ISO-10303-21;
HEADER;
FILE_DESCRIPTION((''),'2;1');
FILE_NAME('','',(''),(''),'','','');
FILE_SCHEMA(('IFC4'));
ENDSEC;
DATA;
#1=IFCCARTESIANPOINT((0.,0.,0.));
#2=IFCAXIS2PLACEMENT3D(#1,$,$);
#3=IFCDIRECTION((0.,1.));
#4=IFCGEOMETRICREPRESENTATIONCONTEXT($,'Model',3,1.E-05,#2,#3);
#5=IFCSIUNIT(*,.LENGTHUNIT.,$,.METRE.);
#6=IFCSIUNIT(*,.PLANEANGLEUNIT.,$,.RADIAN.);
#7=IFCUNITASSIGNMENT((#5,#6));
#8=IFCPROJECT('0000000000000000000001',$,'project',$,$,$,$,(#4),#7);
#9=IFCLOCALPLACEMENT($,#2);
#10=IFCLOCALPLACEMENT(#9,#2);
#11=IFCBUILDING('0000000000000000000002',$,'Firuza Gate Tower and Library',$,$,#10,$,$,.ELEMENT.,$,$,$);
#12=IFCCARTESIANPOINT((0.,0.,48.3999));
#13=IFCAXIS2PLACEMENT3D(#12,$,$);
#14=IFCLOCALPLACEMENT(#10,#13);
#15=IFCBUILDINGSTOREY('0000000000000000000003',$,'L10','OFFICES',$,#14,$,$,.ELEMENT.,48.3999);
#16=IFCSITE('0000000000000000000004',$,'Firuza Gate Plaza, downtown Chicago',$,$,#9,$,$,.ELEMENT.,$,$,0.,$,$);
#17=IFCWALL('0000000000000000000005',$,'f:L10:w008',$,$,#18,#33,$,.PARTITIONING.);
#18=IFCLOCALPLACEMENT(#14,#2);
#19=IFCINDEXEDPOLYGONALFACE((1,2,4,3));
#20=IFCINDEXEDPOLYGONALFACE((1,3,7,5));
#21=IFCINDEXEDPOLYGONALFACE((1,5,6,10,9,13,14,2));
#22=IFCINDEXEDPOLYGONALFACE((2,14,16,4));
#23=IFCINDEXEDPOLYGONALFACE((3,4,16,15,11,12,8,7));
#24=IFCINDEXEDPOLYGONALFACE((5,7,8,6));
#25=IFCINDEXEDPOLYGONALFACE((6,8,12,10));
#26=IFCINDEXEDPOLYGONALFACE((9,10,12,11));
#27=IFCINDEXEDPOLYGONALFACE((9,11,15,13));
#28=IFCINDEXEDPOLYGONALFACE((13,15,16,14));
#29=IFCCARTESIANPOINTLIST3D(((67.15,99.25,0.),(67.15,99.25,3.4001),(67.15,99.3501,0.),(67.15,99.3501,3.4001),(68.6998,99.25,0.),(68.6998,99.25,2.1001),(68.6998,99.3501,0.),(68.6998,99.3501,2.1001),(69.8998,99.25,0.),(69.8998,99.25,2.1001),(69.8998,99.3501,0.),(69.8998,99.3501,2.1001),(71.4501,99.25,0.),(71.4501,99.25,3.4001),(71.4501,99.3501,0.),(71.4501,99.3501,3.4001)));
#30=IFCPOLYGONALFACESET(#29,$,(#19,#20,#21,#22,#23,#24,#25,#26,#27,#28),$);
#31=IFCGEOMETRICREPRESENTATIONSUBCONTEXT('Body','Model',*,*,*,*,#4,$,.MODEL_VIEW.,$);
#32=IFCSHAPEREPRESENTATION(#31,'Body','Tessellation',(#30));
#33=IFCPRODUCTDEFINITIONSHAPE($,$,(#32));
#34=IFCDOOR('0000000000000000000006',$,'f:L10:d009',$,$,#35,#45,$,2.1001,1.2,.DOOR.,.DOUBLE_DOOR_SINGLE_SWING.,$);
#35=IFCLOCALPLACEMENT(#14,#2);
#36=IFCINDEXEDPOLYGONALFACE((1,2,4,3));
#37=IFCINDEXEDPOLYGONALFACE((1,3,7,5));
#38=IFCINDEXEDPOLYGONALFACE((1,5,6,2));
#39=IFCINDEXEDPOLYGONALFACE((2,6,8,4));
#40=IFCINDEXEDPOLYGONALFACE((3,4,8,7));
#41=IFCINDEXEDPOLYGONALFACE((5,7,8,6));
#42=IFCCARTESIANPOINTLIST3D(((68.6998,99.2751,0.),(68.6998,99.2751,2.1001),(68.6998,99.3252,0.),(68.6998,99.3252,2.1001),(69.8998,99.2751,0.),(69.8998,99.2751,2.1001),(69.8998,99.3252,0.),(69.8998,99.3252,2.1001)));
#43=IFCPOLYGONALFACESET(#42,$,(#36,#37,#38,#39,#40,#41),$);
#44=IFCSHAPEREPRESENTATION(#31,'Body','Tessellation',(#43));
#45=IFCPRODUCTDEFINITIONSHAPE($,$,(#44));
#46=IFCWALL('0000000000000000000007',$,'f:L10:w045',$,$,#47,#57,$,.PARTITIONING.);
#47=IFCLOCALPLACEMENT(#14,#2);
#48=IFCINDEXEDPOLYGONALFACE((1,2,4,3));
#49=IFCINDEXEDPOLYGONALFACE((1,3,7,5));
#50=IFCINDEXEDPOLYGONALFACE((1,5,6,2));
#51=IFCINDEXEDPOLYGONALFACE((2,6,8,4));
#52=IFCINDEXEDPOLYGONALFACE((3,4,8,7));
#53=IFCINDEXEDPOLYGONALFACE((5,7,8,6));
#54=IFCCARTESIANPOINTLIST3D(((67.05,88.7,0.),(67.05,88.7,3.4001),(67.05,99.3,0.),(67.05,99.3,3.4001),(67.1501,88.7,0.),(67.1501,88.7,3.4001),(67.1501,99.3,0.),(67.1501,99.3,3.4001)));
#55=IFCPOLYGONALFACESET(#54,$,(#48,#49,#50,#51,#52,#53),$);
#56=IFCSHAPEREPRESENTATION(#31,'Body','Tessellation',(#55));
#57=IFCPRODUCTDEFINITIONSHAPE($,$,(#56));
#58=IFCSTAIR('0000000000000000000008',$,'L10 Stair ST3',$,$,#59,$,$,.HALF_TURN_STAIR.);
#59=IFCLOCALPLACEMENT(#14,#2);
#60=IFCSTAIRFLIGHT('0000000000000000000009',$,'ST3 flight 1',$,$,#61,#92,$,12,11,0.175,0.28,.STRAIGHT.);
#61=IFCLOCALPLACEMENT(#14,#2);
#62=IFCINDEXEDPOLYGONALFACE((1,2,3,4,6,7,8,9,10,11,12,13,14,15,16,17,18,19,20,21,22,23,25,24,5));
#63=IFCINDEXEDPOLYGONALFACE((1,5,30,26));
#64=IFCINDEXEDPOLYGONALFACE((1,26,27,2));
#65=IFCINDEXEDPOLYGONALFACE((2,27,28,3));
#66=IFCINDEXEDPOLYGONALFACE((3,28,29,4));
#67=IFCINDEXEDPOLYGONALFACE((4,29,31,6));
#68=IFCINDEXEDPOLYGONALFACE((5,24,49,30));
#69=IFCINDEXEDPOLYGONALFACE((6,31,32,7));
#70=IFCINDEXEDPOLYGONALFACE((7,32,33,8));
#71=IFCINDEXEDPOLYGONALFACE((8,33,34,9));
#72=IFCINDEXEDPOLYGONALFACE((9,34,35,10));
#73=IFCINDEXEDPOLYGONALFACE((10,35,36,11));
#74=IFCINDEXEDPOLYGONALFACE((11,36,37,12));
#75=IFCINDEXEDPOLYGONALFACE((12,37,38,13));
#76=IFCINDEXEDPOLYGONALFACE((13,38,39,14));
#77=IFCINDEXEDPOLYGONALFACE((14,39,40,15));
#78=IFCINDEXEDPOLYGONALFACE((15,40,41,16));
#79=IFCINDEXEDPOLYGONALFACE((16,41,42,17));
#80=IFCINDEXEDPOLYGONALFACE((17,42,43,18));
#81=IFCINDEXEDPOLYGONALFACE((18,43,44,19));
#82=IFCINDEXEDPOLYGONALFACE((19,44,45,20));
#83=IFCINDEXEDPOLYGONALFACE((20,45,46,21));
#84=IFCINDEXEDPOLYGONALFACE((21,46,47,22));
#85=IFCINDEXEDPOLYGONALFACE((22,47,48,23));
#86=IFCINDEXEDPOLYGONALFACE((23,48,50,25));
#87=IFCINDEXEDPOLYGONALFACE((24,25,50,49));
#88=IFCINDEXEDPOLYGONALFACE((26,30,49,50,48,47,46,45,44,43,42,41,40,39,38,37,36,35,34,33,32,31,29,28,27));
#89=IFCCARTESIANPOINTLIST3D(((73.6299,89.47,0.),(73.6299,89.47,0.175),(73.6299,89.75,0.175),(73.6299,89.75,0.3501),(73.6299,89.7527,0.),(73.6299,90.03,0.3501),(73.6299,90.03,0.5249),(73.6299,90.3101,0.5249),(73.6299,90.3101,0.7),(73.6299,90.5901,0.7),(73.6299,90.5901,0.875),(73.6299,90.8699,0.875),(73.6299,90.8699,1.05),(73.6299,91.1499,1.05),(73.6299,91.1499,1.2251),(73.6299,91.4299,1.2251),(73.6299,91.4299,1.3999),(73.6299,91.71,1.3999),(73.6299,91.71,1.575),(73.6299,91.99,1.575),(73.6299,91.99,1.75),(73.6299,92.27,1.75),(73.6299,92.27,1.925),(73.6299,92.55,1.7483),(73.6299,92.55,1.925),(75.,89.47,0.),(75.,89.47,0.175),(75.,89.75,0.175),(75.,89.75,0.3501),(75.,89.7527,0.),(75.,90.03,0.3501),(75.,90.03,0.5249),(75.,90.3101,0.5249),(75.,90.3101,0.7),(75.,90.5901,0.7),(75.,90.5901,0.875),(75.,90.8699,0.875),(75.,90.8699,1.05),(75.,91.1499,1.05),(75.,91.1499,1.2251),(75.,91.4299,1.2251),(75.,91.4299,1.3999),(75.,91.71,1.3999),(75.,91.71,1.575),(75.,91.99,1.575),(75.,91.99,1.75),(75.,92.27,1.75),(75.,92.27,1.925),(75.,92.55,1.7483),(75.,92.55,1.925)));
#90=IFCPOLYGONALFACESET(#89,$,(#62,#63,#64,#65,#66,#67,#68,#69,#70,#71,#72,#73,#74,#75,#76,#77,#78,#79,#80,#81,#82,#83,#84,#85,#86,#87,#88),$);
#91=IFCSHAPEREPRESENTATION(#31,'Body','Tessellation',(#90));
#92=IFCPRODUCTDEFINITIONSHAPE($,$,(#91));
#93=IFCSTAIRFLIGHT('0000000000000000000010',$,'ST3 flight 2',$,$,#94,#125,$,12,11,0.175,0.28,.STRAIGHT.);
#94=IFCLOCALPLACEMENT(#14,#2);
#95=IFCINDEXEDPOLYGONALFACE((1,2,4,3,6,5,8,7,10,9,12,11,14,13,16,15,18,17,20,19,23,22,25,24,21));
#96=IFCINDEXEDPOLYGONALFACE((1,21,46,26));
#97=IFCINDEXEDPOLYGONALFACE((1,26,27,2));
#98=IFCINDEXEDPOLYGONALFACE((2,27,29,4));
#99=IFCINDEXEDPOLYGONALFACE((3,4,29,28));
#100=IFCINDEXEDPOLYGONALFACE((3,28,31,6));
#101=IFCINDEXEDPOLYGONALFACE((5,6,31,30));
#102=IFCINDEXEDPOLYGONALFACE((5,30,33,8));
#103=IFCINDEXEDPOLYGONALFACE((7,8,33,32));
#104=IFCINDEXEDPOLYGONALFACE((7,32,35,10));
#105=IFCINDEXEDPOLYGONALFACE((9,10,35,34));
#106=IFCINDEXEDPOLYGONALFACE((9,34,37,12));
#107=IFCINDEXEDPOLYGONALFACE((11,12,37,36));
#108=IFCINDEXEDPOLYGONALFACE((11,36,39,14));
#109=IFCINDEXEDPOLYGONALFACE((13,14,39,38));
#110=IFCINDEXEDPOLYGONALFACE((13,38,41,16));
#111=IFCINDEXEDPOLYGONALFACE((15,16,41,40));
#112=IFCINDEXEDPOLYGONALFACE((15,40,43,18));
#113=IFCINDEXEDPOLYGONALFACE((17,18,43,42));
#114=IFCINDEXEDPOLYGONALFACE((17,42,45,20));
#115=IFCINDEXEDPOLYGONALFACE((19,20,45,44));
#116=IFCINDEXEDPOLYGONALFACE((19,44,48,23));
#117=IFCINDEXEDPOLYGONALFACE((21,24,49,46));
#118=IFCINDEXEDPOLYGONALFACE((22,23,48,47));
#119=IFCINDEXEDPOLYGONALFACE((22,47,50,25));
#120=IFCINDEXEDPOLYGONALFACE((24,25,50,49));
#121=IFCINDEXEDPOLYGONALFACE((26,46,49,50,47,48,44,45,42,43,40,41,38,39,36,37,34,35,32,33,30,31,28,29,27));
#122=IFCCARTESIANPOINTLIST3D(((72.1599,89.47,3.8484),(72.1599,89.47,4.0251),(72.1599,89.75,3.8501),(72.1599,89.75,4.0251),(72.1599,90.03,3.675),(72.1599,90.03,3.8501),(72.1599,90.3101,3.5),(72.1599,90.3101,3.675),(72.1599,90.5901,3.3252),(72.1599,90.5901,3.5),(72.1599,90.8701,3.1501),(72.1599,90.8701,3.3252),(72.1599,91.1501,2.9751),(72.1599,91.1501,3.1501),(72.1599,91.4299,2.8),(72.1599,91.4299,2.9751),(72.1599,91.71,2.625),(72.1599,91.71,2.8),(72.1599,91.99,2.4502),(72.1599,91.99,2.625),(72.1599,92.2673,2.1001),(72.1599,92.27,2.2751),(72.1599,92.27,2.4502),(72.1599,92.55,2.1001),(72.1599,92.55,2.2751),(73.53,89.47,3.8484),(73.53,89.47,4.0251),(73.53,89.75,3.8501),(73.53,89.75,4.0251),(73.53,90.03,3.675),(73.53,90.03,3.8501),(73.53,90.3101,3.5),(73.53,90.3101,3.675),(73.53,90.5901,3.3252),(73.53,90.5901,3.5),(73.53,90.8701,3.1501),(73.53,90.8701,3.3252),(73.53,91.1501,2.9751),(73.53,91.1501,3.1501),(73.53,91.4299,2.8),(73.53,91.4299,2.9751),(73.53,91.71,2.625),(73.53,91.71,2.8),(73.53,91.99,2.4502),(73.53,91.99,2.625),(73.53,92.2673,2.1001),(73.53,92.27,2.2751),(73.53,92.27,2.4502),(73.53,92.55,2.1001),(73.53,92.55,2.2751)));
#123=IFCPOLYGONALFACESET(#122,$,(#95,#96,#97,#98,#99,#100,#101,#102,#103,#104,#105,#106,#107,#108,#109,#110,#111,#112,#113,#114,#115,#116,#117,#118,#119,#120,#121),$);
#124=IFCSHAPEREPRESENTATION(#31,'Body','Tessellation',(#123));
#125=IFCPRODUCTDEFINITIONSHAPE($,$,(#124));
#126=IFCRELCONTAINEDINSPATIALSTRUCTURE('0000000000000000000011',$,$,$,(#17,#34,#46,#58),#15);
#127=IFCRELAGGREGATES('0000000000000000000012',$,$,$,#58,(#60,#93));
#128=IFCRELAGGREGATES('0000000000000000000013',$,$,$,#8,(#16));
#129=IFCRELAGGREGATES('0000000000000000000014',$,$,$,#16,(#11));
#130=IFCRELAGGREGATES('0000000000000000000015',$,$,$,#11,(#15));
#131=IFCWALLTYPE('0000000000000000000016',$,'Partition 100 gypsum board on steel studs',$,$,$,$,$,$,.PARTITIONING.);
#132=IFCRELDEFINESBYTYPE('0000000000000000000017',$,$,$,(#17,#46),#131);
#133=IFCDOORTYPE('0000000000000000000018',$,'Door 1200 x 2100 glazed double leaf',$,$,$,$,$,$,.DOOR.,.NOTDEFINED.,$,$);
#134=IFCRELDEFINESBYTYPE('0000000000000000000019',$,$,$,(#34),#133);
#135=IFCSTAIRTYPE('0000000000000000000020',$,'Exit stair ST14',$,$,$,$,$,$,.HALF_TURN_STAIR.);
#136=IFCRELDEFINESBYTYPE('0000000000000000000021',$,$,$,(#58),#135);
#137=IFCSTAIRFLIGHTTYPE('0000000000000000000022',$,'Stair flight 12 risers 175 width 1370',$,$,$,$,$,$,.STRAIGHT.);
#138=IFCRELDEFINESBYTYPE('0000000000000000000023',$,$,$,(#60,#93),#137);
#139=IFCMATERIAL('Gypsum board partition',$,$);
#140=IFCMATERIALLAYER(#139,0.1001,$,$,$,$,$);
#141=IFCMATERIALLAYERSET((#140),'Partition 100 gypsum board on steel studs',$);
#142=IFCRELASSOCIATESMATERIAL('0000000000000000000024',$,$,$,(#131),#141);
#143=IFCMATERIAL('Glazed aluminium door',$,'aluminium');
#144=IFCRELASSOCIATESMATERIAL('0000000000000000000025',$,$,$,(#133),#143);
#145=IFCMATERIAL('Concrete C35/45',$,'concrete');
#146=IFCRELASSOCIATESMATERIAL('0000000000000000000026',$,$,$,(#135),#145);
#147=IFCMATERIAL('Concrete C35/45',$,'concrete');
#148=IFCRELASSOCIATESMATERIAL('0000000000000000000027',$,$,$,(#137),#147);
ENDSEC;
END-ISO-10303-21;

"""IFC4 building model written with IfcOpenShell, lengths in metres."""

from ifc_helpers import new_model, si_unit, direction, frame, frame_2d, origin, place, context, subcontext, project, spatial, polyline, rectangle, outline, extrude, material, layer, layer_set, type_object, element, fill, aggregate, save


model = new_model("IFC4")

# Units and contexts
model_context = context("Model", 3, precision=1e-05, world=origin(), true_north=direction((0.0, 1.0)))
body_context = subcontext(model_context, "Body", "Model", "MODEL_VIEW")
ifc_project = project(units=[si_unit("LENGTHUNIT", "METRE"), si_unit("PLANEANGLEUNIT", "RADIAN")], contexts=[model_context])

# Site, building, storey
site_placement = place(None, origin())
site = spatial("IfcSite", under=ifc_project, at=site_placement, Name="Firuza Gate Plaza, downtown Chicago", CompositionType="ELEMENT", RefElevation=0.0)
building_placement = place(site_placement, origin())
building = spatial("IfcBuilding", under=site, at=building_placement, Name="Firuza Gate Tower and Library", CompositionType="ELEMENT")
storey_placement = place(building_placement, frame((0.0, 0.0, 48.3999)))
storey = spatial("IfcBuildingStorey", under=building, at=storey_placement, Name="L10", Description="OFFICES", CompositionType="ELEMENT", Elevation=48.3999)

# Shared definitions
placement = place(storey_placement, origin())

# Wall, opening, door
ifc_material_1 = material(Name="Gypsum board partition")
ifc_layer_1 = layer(ifc_material_1, 0.1001)
ifc_layer_set_1 = layer_set([ifc_layer_1], Name="Partition 100 gypsum board on steel studs")
wall_type_1 = type_object("IfcWallType", Name="Partition 100 gypsum board on steel studs", PredefinedType="PARTITIONING", material=ifc_layer_set_1)
wall_1_placement = place(storey_placement, frame((71.45, 99.3, 0.0), z_axis=(0.0, 0.0, 1.0), x_axis=(-1.0, 0.0, 0.0)))
wall_1 = element("IfcWall", 1, at=wall_1_placement, inside=storey, type_object=wall_type_1, Name="f:L10:w008", PredefinedType="PARTITIONING", context=body_context, shape_type="SweptSolid", body=[
    extrude(rectangle(XDim=4.3, YDim=0.1001, at=frame_2d((2.1499, 0.0))), origin(), (0.0, 0.0, 1.0), 3.4001),
])
opening_1_placement = place(wall_1_placement, frame((1.55, 0.0, 0.0)))
opening_1 = element("IfcOpeningElement", 2, at=opening_1_placement, cuts=wall_1, PredefinedType="OPENING", context=body_context, shape_type="SweptSolid", body=[
    extrude(rectangle(XDim=1.2, YDim=2.1001, at=frame_2d((0.6001, 1.05))), frame((0.0, 0.0601, 0.0), z_axis=(0.0, -1.0, 0.0), x_axis=(1.0, 0.0, 0.0)), (0.0, 0.0, 1.0), 0.1201),
])
ifc_material_2 = material(Name="Glazed aluminium door", Category="aluminium")
door_type_1 = type_object("IfcDoorType", Name="Door 1200 x 2100 glazed double leaf", OperationType="NOTDEFINED", PredefinedType="DOOR", material=ifc_material_2)
door_1_placement = place(opening_1_placement, origin())
door_1 = element("IfcDoor", 3, at=door_1_placement, inside=storey, type_object=door_type_1, Name="f:L10:d009", OperationType="DOUBLE_DOOR_SINGLE_SWING", OverallHeight=2.1001, OverallWidth=1.2, PredefinedType="DOOR", context=body_context, shape_type="SweptSolid", body=[
    extrude(rectangle(XDim=1.2, YDim=2.1001, at=frame_2d((0.6001, 1.05))), frame((0.0, 0.0249, 0.0), z_axis=(0.0, -1.0, 0.0), x_axis=(1.0, 0.0, 0.0)), (0.0, 0.0, 1.0), 0.05),
])
fill(opening_1, door_1)

# Wall
wall_2_placement = place(storey_placement, frame((67.1001, 88.7, 0.0), z_axis=(0.0, 0.0, 1.0), x_axis=(0.0, 1.0, 0.0)))
element("IfcWall", 4, at=wall_2_placement, inside=storey, type_object=wall_type_1, Name="f:L10:w045", PredefinedType="PARTITIONING", context=body_context, shape_type="SweptSolid", body=[
    extrude(rectangle(XDim=10.6001, YDim=0.1001, at=frame_2d((5.3, 0.0))), origin(), (0.0, 0.0, 1.0), 3.4001),
])

# Stair, stair flights
ifc_material_3 = material(Name="Concrete C35/45", Category="concrete")
stair_type = type_object("IfcStairType", Name="Exit stair ST14", PredefinedType="HALF_TURN_STAIR", material=ifc_material_3)
stair = element("IfcStair", 5, at=placement, inside=storey, type_object=stair_type, Name="L10 Stair ST3", PredefinedType="HALF_TURN_STAIR")
ifc_material_4 = material(Name="Concrete C35/45", Category="concrete")
stair_flight_type = type_object("IfcStairFlightType", Name="Stair flight 12 risers 175 width 1370", PredefinedType="STRAIGHT", material=ifc_material_4)
stair_flight_1_placement = place(storey_placement, frame((74.3149, 89.47, 0.0), z_axis=(0.0, 0.0, 1.0), x_axis=(0.0, 1.0, 0.0)))
stair_flight_1 = element("IfcStairFlight", 6, at=stair_flight_1_placement, type_object=stair_flight_type, Name="ST3 flight 1", NumberOfRisers=12, NumberOfTreads=11, PredefinedType="STRAIGHT", RiserHeight=0.175, TreadLength=0.28, context=body_context, shape_type="SweptSolid", body=[
    extrude(outline(polyline([(0.0, 0.0), (0.0, 0.175), (0.28, 0.175), (0.28, 0.3501), (0.5601, 0.3501), (0.5601, 0.5249), (0.8401, 0.5249), (0.8401, 0.7), (1.1201, 0.7), (1.1201, 0.875), (1.3999, 0.875), (1.3999, 1.05), (1.6799, 1.05), (1.6799, 1.2251), (1.96, 1.2251), (1.96, 1.3999), (2.24, 1.3999), (2.24, 1.575), (2.52, 1.575), (2.52, 1.75), (2.8, 1.75), (2.8, 1.925), (3.0801, 1.925), (3.0801, 2.1001), (3.0801, 1.7483), (0.2827, 0.0), (0.0, 0.0)])), frame((0.0, 0.6851, 0.0), z_axis=(0.0, -1.0, 0.0), x_axis=(1.0, 0.0, 0.0)), (0.0, 0.0, 1.0), 1.3701),
])
stair_flight_2_placement = place(storey_placement, frame((72.845, 92.55, 2.1001), z_axis=(0.0, 0.0, 1.0), x_axis=(0.0, -1.0, 0.0)))
stair_flight_2 = element("IfcStairFlight", 7, at=stair_flight_2_placement, type_object=stair_flight_type, Name="ST3 flight 2", NumberOfRisers=12, NumberOfTreads=11, PredefinedType="STRAIGHT", RiserHeight=0.175, TreadLength=0.28, context=body_context, shape_type="SweptSolid", body=[
    extrude(outline(polyline([(0.0, 0.0), (0.0, 0.175), (0.28, 0.175), (0.28, 0.3501), (0.5601, 0.3501), (0.5601, 0.5249), (0.8401, 0.5249), (0.8401, 0.7), (1.1201, 0.7), (1.1201, 0.875), (1.3999, 0.875), (1.3999, 1.05), (1.6799, 1.05), (1.6799, 1.2251), (1.96, 1.2251), (1.96, 1.3999), (2.24, 1.3999), (2.24, 1.575), (2.52, 1.575), (2.52, 1.75), (2.8, 1.75), (2.8, 1.925), (3.0801, 1.925), (3.0801, 2.1001), (3.0801, 1.7483), (0.2827, 0.0), (0.0, 0.0)])), frame((0.0, 0.6851, 0.0), z_axis=(0.0, -1.0, 0.0), x_axis=(1.0, 0.0, 0.0)), (0.0, 0.0, 1.0), 1.3701),
])
aggregate(stair, [stair_flight_1, stair_flight_2])

save(model, "model.ifc")
